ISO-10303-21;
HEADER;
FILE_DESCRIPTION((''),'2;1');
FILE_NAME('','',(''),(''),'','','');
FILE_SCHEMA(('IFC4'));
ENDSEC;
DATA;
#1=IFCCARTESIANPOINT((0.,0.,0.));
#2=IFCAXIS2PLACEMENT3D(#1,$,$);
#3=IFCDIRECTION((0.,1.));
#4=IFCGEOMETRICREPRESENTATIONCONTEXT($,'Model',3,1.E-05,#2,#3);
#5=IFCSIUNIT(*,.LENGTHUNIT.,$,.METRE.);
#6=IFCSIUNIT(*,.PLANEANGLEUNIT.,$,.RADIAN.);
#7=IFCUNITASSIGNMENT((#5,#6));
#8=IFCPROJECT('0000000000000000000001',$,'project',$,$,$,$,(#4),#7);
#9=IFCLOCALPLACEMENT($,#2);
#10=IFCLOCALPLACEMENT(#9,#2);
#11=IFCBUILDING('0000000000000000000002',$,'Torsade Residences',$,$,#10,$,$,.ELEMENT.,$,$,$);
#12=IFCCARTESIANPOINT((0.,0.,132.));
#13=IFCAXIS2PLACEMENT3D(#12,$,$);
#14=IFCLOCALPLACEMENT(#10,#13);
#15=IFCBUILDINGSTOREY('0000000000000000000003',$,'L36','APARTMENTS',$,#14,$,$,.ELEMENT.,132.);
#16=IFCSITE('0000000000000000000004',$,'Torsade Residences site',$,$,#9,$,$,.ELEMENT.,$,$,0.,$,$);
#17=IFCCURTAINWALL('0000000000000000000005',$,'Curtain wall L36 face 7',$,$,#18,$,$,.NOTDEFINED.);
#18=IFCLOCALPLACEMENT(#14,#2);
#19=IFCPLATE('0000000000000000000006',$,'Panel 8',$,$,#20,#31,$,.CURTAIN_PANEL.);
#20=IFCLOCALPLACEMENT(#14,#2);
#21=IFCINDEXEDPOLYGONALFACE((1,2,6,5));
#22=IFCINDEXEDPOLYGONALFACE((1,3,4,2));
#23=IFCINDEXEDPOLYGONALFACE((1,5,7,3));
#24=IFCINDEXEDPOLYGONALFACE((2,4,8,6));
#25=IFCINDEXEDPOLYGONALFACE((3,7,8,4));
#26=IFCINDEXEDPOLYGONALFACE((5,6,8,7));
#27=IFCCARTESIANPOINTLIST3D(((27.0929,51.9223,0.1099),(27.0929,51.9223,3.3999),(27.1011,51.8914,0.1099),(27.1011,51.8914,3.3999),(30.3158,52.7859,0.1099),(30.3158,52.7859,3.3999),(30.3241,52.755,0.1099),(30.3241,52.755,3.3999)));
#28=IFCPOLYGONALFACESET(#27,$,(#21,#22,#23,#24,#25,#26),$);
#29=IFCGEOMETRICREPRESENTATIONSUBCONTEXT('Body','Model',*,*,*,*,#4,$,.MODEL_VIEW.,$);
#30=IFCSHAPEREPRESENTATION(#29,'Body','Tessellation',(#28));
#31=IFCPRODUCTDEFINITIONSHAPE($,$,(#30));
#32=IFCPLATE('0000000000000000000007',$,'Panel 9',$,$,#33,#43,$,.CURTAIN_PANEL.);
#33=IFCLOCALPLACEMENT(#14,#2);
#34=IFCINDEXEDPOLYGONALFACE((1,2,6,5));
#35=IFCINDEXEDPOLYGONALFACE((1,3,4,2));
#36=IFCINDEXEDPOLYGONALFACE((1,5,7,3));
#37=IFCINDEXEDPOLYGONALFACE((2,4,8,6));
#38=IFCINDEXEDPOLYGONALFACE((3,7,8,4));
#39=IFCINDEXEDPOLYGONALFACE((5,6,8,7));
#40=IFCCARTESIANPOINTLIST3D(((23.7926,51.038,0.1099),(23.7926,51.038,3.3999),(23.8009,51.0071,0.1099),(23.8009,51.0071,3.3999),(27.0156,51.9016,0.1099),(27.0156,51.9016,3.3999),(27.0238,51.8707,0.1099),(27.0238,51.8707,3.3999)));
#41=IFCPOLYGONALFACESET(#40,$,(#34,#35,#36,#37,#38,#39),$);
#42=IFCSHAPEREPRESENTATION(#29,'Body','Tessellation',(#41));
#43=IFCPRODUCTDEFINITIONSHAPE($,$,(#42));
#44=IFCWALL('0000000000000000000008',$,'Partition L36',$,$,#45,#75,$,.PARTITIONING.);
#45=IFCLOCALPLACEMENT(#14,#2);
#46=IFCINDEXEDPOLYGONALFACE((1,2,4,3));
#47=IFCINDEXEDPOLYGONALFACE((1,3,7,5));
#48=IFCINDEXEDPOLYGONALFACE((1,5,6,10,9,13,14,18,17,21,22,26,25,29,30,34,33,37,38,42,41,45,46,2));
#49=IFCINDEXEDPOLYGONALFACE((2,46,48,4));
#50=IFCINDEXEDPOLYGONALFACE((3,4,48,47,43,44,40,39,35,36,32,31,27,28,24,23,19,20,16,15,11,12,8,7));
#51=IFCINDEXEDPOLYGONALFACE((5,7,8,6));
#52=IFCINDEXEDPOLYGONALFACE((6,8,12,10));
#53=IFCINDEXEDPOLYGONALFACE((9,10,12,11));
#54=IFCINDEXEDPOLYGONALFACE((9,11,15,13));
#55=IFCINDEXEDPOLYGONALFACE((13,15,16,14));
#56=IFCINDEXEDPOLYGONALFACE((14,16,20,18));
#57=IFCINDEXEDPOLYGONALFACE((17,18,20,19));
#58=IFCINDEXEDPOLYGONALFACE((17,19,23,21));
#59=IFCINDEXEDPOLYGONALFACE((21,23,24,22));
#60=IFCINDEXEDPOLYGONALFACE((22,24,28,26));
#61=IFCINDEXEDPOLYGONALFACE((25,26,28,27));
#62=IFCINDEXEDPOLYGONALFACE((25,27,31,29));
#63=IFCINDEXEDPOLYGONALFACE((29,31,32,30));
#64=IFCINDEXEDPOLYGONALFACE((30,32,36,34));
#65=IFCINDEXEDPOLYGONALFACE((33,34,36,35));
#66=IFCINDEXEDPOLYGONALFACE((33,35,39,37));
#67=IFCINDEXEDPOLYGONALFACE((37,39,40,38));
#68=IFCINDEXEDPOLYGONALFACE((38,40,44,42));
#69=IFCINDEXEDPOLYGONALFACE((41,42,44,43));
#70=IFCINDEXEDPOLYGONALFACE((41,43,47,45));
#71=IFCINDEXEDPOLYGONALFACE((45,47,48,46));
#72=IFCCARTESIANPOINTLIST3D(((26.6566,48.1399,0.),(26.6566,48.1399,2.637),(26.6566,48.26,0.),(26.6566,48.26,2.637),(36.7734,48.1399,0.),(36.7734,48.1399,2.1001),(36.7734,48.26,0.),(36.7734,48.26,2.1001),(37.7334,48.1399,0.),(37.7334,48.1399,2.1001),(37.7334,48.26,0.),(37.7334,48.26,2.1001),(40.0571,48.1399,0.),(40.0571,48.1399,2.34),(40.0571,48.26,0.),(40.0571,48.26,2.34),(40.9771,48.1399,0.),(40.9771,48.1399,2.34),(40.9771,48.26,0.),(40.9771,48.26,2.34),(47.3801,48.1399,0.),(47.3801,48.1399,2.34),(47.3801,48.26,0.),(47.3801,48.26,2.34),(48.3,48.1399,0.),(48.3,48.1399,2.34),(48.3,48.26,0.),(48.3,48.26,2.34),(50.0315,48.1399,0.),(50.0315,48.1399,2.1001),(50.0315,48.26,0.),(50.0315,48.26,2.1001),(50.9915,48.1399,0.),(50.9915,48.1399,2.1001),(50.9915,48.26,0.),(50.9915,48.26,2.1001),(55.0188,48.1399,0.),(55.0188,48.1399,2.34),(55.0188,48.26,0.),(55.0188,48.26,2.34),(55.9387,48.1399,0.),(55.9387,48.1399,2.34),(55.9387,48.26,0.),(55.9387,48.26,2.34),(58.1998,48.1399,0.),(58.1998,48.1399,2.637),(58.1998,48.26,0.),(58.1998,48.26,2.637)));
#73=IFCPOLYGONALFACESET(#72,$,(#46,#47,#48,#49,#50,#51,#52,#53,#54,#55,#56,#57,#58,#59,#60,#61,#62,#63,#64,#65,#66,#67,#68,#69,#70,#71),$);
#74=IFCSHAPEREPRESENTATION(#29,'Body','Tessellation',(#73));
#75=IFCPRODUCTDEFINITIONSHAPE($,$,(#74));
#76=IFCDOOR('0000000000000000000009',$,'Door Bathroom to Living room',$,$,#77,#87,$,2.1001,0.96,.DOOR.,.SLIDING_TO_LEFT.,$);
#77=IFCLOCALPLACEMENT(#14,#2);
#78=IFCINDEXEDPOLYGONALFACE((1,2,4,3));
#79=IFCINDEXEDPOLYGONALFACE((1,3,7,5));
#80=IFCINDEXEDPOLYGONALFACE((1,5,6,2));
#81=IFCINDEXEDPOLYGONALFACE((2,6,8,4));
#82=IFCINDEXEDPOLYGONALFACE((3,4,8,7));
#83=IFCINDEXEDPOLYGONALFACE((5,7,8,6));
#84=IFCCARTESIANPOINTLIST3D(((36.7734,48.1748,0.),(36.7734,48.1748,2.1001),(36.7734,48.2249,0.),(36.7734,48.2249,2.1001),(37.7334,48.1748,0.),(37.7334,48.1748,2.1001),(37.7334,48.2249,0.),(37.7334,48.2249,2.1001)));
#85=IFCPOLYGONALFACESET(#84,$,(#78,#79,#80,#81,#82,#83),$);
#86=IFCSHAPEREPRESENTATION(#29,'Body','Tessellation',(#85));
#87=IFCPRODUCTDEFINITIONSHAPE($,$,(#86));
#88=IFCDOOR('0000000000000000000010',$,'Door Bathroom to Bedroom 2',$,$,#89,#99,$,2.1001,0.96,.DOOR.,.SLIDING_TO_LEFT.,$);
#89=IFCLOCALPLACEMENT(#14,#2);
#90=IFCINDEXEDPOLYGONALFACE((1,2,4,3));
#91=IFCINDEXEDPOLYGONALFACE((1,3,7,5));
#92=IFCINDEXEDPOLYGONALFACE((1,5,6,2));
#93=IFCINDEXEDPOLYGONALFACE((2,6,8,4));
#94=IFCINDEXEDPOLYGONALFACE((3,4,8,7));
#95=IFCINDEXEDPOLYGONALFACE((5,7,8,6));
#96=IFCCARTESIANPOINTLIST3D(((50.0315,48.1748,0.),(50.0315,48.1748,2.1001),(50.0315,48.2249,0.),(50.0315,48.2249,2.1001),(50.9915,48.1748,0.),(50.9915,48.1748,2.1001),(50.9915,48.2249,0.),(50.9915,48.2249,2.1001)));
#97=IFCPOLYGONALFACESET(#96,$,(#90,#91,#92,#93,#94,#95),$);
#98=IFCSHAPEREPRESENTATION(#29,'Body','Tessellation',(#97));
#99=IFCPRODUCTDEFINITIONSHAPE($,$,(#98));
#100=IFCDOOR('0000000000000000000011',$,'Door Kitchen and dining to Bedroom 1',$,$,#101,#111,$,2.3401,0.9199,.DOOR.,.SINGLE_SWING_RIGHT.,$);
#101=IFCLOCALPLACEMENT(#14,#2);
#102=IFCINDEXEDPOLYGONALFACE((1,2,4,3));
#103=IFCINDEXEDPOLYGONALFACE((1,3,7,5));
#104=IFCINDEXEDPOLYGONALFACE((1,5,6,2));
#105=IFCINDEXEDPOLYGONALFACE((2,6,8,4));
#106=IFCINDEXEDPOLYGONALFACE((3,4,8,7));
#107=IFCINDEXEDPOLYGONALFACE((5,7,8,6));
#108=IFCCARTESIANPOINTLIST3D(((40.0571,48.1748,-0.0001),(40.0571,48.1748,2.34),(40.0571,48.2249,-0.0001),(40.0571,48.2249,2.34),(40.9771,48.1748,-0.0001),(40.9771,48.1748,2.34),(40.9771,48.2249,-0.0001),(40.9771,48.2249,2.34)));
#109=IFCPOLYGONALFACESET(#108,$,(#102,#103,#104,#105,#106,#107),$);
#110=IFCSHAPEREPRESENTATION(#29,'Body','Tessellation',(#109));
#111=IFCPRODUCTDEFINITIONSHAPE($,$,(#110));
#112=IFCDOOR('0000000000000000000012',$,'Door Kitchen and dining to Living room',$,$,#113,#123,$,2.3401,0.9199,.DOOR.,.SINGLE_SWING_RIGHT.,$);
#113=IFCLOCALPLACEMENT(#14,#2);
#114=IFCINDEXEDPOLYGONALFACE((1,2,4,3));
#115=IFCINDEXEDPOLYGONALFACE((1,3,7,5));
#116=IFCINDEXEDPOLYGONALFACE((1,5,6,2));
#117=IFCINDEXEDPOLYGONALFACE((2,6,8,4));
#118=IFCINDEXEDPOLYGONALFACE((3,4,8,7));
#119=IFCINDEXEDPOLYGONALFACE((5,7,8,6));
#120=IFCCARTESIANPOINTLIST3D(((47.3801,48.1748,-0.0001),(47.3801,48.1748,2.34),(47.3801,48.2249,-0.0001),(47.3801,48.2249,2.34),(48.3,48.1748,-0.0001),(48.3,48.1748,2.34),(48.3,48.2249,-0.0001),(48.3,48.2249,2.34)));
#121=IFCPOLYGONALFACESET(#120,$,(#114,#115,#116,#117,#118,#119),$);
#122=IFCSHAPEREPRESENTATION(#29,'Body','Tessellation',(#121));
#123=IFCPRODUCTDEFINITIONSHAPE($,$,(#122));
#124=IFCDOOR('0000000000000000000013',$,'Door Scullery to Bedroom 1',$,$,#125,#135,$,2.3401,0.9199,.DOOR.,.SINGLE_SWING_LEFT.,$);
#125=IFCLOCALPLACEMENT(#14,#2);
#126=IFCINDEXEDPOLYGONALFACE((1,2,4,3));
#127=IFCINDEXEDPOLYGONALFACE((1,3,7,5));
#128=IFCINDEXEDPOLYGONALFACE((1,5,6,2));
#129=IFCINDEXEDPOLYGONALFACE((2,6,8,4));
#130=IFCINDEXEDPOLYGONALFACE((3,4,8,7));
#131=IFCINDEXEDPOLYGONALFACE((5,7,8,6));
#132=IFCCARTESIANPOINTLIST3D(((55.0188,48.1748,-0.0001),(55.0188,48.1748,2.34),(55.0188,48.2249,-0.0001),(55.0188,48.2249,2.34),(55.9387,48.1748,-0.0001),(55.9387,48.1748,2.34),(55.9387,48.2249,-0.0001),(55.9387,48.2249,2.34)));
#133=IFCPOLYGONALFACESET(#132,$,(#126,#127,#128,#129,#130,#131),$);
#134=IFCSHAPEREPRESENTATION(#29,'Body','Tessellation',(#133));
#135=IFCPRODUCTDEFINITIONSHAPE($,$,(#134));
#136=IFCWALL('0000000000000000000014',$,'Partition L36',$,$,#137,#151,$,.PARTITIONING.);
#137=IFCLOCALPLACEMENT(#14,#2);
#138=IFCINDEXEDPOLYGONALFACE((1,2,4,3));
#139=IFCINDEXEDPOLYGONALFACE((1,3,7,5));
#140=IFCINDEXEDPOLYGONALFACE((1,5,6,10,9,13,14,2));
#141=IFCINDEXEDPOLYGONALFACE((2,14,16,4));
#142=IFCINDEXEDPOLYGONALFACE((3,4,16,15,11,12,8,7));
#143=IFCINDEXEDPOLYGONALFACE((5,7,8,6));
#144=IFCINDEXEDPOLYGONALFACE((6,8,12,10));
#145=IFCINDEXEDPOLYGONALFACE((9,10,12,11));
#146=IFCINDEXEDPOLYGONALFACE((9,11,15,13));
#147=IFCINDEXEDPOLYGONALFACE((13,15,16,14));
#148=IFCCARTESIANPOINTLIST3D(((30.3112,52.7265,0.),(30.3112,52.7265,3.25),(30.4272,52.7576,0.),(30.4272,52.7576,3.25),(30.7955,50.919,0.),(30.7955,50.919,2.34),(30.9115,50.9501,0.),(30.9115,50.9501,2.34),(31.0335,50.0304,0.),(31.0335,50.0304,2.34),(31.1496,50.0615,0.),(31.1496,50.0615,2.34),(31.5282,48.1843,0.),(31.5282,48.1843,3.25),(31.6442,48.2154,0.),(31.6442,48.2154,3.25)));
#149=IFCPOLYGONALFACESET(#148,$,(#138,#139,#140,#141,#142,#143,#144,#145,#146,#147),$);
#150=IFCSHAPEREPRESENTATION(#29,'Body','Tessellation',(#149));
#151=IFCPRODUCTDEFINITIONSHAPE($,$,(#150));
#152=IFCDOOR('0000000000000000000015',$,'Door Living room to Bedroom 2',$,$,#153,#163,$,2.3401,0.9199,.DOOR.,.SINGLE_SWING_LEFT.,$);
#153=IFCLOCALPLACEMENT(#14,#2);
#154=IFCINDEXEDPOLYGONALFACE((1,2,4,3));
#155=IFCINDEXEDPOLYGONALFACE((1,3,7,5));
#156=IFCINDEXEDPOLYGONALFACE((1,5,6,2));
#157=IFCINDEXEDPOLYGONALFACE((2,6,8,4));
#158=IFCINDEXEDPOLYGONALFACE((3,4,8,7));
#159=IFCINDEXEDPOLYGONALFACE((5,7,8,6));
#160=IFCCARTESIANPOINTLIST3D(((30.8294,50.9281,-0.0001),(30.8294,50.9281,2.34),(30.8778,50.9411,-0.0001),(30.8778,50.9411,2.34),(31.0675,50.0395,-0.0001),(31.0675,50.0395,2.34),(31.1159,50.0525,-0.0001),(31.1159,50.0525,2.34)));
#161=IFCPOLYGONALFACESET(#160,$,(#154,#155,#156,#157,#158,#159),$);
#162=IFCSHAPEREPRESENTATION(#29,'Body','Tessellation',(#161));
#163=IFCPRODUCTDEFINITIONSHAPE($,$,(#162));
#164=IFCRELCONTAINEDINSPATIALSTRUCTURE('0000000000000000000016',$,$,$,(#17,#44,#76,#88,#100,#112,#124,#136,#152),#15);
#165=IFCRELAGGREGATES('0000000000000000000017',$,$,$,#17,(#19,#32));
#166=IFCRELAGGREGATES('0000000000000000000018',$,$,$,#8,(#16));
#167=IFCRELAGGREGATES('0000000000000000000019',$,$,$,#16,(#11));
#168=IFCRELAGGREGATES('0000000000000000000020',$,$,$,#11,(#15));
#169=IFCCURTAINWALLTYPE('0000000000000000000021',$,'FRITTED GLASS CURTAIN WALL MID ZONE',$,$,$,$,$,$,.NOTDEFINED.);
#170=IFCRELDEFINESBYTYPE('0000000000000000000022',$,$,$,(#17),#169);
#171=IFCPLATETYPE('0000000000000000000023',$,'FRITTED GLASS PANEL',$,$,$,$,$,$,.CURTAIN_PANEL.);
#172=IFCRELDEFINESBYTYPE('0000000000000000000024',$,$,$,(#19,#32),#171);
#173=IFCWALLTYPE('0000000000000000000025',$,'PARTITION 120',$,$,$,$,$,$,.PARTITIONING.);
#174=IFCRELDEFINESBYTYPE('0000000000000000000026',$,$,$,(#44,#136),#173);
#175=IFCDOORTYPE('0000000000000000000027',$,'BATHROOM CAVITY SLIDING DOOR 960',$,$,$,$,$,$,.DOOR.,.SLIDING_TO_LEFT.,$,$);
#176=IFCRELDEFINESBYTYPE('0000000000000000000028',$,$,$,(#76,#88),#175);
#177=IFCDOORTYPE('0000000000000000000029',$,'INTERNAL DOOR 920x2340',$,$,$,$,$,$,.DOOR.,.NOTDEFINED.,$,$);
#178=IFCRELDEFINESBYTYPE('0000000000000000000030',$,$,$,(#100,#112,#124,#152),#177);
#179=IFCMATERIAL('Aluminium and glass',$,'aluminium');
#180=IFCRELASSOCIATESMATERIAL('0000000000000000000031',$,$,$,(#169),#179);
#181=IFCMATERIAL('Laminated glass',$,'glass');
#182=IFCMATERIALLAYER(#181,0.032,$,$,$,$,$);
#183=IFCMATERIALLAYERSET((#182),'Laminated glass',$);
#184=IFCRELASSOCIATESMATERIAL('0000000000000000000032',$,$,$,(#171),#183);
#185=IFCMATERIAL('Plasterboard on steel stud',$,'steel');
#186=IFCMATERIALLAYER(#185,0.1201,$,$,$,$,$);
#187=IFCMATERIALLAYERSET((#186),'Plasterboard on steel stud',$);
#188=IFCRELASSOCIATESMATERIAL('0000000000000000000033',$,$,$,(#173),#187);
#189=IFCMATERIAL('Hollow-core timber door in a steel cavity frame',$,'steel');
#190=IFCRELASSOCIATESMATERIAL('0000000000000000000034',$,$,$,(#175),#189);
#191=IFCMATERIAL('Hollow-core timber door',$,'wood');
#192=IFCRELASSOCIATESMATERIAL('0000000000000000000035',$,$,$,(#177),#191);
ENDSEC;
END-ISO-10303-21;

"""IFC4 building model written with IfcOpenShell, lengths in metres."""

from ifc_helpers import new_model, si_unit, direction, frame, frame_2d, origin, origin_2d, place, context, subcontext, project, spatial, rectangle, extrude, material, layer, layer_set, type_object, element, fill, aggregate, save


model = new_model("IFC4")

# Units and contexts
model_context = context("Model", 3, precision=1e-05, world=origin(), true_north=direction((0.0, 1.0)))
body_context = subcontext(model_context, "Body", "Model", "MODEL_VIEW")
ifc_project = project(units=[si_unit("LENGTHUNIT", "METRE"), si_unit("PLANEANGLEUNIT", "RADIAN")], contexts=[model_context])

# Site, building, storey
site_placement = place(None, origin())
site = spatial("IfcSite", under=ifc_project, at=site_placement, Name="Torsade Residences site", CompositionType="ELEMENT", RefElevation=0.0)
building_placement = place(site_placement, origin())
building = spatial("IfcBuilding", under=site, at=building_placement, Name="Torsade Residences", CompositionType="ELEMENT")
storey_placement = place(building_placement, frame((0.0, 0.0, 132.0)))
storey = spatial("IfcBuildingStorey", under=building, at=storey_placement, Name="L36", Description="APARTMENTS", CompositionType="ELEMENT", Elevation=132.0)

# Curtain wall
ifc_material_1 = material(Name="Aluminium and glass", Category="aluminium")
curtain_wall_type = type_object("IfcCurtainWallType", Name="FRITTED GLASS CURTAIN WALL MID ZONE", PredefinedType="NOTDEFINED", material=ifc_material_1)
curtain_wall_placement = place(storey_placement, origin())
curtain_wall = element("IfcCurtainWall", 1, at=curtain_wall_placement, inside=storey, type_object=curtain_wall_type, Name="Curtain wall L36 face 7", PredefinedType="NOTDEFINED")

# Plates
ifc_material_2 = material(Name="Laminated glass", Category="glass")
ifc_layer_1 = layer(ifc_material_2, 0.032)
ifc_layer_set_1 = layer_set([ifc_layer_1], Name="Laminated glass")
plate_type = type_object("IfcPlateType", Name="FRITTED GLASS PANEL", PredefinedType="CURTAIN_PANEL", material=ifc_layer_set_1)
plate_1_placement = place(storey_placement, frame((28.7085, 52.3386, 0.1099), z_axis=(0.0, 0.0, 1.0), x_axis=(-0.965926, -0.258819, 0.0)))
plate_1 = element("IfcPlate", 2, at=plate_1_placement, type_object=plate_type, Name="Panel 8", PredefinedType="CURTAIN_PANEL", context=body_context, shape_type="SweptSolid", body=[
    extrude(rectangle(XDim=3.3367, YDim=0.032, at=origin_2d()), origin(), (0.0, 0.0, 1.0), 3.29),
])
plate_2_placement = place(storey_placement, frame((25.4082, 51.4543, 0.1099), z_axis=(0.0, 0.0, 1.0), x_axis=(-0.965926, -0.258819, 0.0)))
plate_2 = element("IfcPlate", 3, at=plate_2_placement, type_object=plate_type, Name="Panel 9", PredefinedType="CURTAIN_PANEL", context=body_context, shape_type="SweptSolid", body=[
    extrude(rectangle(XDim=3.3367, YDim=0.032, at=origin_2d()), origin(), (0.0, 0.0, 1.0), 3.29),
])
aggregate(curtain_wall, [plate_1, plate_2])

# Wall, openings, doors
ifc_material_3 = material(Name="Plasterboard on steel stud", Category="steel")
ifc_layer_2 = layer(ifc_material_3, 0.1201)
ifc_layer_set_2 = layer_set([ifc_layer_2], Name="Plasterboard on steel stud")
wall_type_1 = type_object("IfcWallType", Name="PARTITION 120", PredefinedType="PARTITIONING", material=ifc_layer_set_2)
wall_1_placement = place(storey_placement, frame((26.6567, 48.2, 0.0), z_axis=(0.0, 0.0, 1.0), x_axis=(1.0, 0.0, 0.0)))
wall_1 = element("IfcWall", 4, at=wall_1_placement, inside=storey, type_object=wall_type_1, Name="Partition L36", PredefinedType="PARTITIONING", context=body_context, shape_type="SweptSolid", body=[
    extrude(rectangle(XDim=31.5432, YDim=0.1201, at=frame_2d((15.7715, 0.0))), origin(), (0.0, 0.0, 1.0), 2.637),
])
opening_1_placement = place(wall_1_placement, frame((13.4004, 0.0, 0.0)))
opening_1 = element("IfcOpeningElement", 5, at=opening_1_placement, cuts=wall_1, PredefinedType="OPENING", context=body_context, shape_type="SweptSolid", body=[
    extrude(rectangle(XDim=0.9199, YDim=2.3401, at=frame_2d((0.46, 1.1699))), frame((0.0, 0.0701, 0.0), z_axis=(0.0, -1.0, 0.0), x_axis=(1.0, 0.0, 0.0)), (0.0, 0.0, 1.0), 0.1401),
])
opening_2_placement = place(wall_1_placement, frame((20.7234, 0.0, 0.0)))
opening_2 = element("IfcOpeningElement", 6, at=opening_2_placement, cuts=wall_1, PredefinedType="OPENING", context=body_context, shape_type="SweptSolid", body=[
    extrude(rectangle(XDim=0.9199, YDim=2.3401, at=frame_2d((0.46, 1.1699))), frame((0.0, 0.0701, 0.0), z_axis=(0.0, -1.0, 0.0), x_axis=(1.0, 0.0, 0.0)), (0.0, 0.0, 1.0), 0.1401),
])
opening_3_placement = place(wall_1_placement, frame((10.1167, 0.0, 0.0)))
opening_3 = element("IfcOpeningElement", 7, at=opening_3_placement, cuts=wall_1, PredefinedType="OPENING", context=body_context, shape_type="SweptSolid", body=[
    extrude(rectangle(XDim=0.96, YDim=2.1001, at=frame_2d((0.48, 1.05))), frame((0.0, 0.0701, 0.0), z_axis=(0.0, -1.0, 0.0), x_axis=(1.0, 0.0, 0.0)), (0.0, 0.0, 1.0), 0.1401),
])
opening_4_placement = place(wall_1_placement, frame((28.3621, 0.0, 0.0)))
opening_4 = element("IfcOpeningElement", 8, at=opening_4_placement, cuts=wall_1, PredefinedType="OPENING", context=body_context, shape_type="SweptSolid", body=[
    extrude(rectangle(XDim=0.9199, YDim=2.3401, at=frame_2d((0.46, 1.1699))), frame((0.0, 0.0701, 0.0), z_axis=(0.0, -1.0, 0.0), x_axis=(1.0, 0.0, 0.0)), (0.0, 0.0, 1.0), 0.1401),
])
opening_5_placement = place(wall_1_placement, frame((23.3748, 0.0, 0.0)))
opening_5 = element("IfcOpeningElement", 9, at=opening_5_placement, cuts=wall_1, PredefinedType="OPENING", context=body_context, shape_type="SweptSolid", body=[
    extrude(rectangle(XDim=0.96, YDim=2.1001, at=frame_2d((0.48, 1.05))), frame((0.0, 0.0701, 0.0), z_axis=(0.0, -1.0, 0.0), x_axis=(1.0, 0.0, 0.0)), (0.0, 0.0, 1.0), 0.1401),
])
ifc_material_4 = material(Name="Hollow-core timber door in a steel cavity frame", Category="steel")
door_type_1 = type_object("IfcDoorType", Name="BATHROOM CAVITY SLIDING DOOR 960", OperationType="SLIDING_TO_LEFT", PredefinedType="DOOR", material=ifc_material_4)
door_1_placement = place(opening_3_placement, origin())
door_1 = element("IfcDoor", 10, at=door_1_placement, inside=storey, type_object=door_type_1, Name="Door Bathroom to Living room", OperationType="SLIDING_TO_LEFT", OverallHeight=2.1001, OverallWidth=0.96, PredefinedType="DOOR", context=body_context, shape_type="SweptSolid", body=[
    extrude(rectangle(XDim=0.96, YDim=2.1001, at=frame_2d((0.48, 1.05))), frame((0.0, 0.0249, 0.0), z_axis=(0.0, -1.0, 0.0), x_axis=(1.0, 0.0, 0.0)), (0.0, 0.0, 1.0), 0.05),
])
fill(opening_3, door_1)
door_2_placement = place(opening_5_placement, origin())
door_2 = element("IfcDoor", 11, at=door_2_placement, inside=storey, type_object=door_type_1, Name="Door Bathroom to Bedroom 2", OperationType="SLIDING_TO_LEFT", OverallHeight=2.1001, OverallWidth=0.96, PredefinedType="DOOR", context=body_context, shape_type="SweptSolid", body=[
    extrude(rectangle(XDim=0.96, YDim=2.1001, at=frame_2d((0.48, 1.05))), frame((0.0, 0.0249, 0.0), z_axis=(0.0, -1.0, 0.0), x_axis=(1.0, 0.0, 0.0)), (0.0, 0.0, 1.0), 0.05),
])
fill(opening_5, door_2)
ifc_material_5 = material(Name="Hollow-core timber door", Category="wood")
door_type_2 = type_object("IfcDoorType", Name="INTERNAL DOOR 920x2340", OperationType="NOTDEFINED", PredefinedType="DOOR", material=ifc_material_5)
door_3_placement = place(opening_1_placement, origin())
door_3 = element("IfcDoor", 12, at=door_3_placement, inside=storey, type_object=door_type_2, Name="Door Kitchen and dining to Bedroom 1", OperationType="SINGLE_SWING_RIGHT", OverallHeight=2.3401, OverallWidth=0.9199, PredefinedType="DOOR", context=body_context, shape_type="SweptSolid", body=[
    extrude(rectangle(XDim=0.9199, YDim=2.3401, at=frame_2d((0.46, 1.1699))), frame((0.0, 0.0249, 0.0), z_axis=(0.0, -1.0, 0.0), x_axis=(1.0, 0.0, 0.0)), (0.0, 0.0, 1.0), 0.05),
])
fill(opening_1, door_3)
door_4_placement = place(opening_2_placement, origin())
door_4 = element("IfcDoor", 13, at=door_4_placement, inside=storey, type_object=door_type_2, Name="Door Kitchen and dining to Living room", OperationType="SINGLE_SWING_RIGHT", OverallHeight=2.3401, OverallWidth=0.9199, PredefinedType="DOOR", context=body_context, shape_type="SweptSolid", body=[
    extrude(rectangle(XDim=0.9199, YDim=2.3401, at=frame_2d((0.46, 1.1699))), frame((0.0, 0.0249, 0.0), z_axis=(0.0, -1.0, 0.0), x_axis=(1.0, 0.0, 0.0)), (0.0, 0.0, 1.0), 0.05),
])
fill(opening_2, door_4)
door_5_placement = place(opening_4_placement, origin())
door_5 = element("IfcDoor", 14, at=door_5_placement, inside=storey, type_object=door_type_2, Name="Door Scullery to Bedroom 1", OperationType="SINGLE_SWING_LEFT", OverallHeight=2.3401, OverallWidth=0.9199, PredefinedType="DOOR", context=body_context, shape_type="SweptSolid", body=[
    extrude(rectangle(XDim=0.9199, YDim=2.3401, at=frame_2d((0.46, 1.1699))), frame((0.0, 0.0249, 0.0), z_axis=(0.0, -1.0, 0.0), x_axis=(1.0, 0.0, 0.0)), (0.0, 0.0, 1.0), 0.05),
])
fill(opening_4, door_5)

# Wall, opening, door
wall_2_placement = place(storey_placement, frame((31.5862, 48.2, 0.0), z_axis=(0.0, 0.0, 1.0), x_axis=(-0.25881, 0.965928, 0.0)))
wall_2 = element("IfcWall", 15, at=wall_2_placement, inside=storey, type_object=wall_type_1, Name="Partition L36", PredefinedType="PARTITIONING", context=body_context, shape_type="SweptSolid", body=[
    extrude(rectangle(XDim=4.7024, YDim=0.1201, at=frame_2d((2.3511, 0.0))), origin(), (0.0, 0.0, 1.0), 3.25),
])
opening_6_placement = place(wall_2_placement, frame((1.9111, 0.0, 0.0)))
opening_6 = element("IfcOpeningElement", 16, at=opening_6_placement, cuts=wall_2, PredefinedType="OPENING", context=body_context, shape_type="SweptSolid", body=[
    extrude(rectangle(XDim=0.9199, YDim=2.3401, at=frame_2d((0.46, 1.1699))), frame((0.0, 0.0701, 0.0), z_axis=(0.0, -1.0, 0.0), x_axis=(1.0, 0.0, 0.0)), (0.0, 0.0, 1.0), 0.1401),
])
door_6_placement = place(opening_6_placement, origin())
door_6 = element("IfcDoor", 17, at=door_6_placement, inside=storey, type_object=door_type_2, Name="Door Living room to Bedroom 2", OperationType="SINGLE_SWING_LEFT", OverallHeight=2.3401, OverallWidth=0.9199, PredefinedType="DOOR", context=body_context, shape_type="SweptSolid", body=[
    extrude(rectangle(XDim=0.9199, YDim=2.3401, at=frame_2d((0.46, 1.1699))), frame((0.0, 0.0249, 0.0), z_axis=(0.0, -1.0, 0.0), x_axis=(1.0, 0.0, 0.0)), (0.0, 0.0, 1.0), 0.05),
])
fill(opening_6, door_6)

save(model, "model.ifc")
